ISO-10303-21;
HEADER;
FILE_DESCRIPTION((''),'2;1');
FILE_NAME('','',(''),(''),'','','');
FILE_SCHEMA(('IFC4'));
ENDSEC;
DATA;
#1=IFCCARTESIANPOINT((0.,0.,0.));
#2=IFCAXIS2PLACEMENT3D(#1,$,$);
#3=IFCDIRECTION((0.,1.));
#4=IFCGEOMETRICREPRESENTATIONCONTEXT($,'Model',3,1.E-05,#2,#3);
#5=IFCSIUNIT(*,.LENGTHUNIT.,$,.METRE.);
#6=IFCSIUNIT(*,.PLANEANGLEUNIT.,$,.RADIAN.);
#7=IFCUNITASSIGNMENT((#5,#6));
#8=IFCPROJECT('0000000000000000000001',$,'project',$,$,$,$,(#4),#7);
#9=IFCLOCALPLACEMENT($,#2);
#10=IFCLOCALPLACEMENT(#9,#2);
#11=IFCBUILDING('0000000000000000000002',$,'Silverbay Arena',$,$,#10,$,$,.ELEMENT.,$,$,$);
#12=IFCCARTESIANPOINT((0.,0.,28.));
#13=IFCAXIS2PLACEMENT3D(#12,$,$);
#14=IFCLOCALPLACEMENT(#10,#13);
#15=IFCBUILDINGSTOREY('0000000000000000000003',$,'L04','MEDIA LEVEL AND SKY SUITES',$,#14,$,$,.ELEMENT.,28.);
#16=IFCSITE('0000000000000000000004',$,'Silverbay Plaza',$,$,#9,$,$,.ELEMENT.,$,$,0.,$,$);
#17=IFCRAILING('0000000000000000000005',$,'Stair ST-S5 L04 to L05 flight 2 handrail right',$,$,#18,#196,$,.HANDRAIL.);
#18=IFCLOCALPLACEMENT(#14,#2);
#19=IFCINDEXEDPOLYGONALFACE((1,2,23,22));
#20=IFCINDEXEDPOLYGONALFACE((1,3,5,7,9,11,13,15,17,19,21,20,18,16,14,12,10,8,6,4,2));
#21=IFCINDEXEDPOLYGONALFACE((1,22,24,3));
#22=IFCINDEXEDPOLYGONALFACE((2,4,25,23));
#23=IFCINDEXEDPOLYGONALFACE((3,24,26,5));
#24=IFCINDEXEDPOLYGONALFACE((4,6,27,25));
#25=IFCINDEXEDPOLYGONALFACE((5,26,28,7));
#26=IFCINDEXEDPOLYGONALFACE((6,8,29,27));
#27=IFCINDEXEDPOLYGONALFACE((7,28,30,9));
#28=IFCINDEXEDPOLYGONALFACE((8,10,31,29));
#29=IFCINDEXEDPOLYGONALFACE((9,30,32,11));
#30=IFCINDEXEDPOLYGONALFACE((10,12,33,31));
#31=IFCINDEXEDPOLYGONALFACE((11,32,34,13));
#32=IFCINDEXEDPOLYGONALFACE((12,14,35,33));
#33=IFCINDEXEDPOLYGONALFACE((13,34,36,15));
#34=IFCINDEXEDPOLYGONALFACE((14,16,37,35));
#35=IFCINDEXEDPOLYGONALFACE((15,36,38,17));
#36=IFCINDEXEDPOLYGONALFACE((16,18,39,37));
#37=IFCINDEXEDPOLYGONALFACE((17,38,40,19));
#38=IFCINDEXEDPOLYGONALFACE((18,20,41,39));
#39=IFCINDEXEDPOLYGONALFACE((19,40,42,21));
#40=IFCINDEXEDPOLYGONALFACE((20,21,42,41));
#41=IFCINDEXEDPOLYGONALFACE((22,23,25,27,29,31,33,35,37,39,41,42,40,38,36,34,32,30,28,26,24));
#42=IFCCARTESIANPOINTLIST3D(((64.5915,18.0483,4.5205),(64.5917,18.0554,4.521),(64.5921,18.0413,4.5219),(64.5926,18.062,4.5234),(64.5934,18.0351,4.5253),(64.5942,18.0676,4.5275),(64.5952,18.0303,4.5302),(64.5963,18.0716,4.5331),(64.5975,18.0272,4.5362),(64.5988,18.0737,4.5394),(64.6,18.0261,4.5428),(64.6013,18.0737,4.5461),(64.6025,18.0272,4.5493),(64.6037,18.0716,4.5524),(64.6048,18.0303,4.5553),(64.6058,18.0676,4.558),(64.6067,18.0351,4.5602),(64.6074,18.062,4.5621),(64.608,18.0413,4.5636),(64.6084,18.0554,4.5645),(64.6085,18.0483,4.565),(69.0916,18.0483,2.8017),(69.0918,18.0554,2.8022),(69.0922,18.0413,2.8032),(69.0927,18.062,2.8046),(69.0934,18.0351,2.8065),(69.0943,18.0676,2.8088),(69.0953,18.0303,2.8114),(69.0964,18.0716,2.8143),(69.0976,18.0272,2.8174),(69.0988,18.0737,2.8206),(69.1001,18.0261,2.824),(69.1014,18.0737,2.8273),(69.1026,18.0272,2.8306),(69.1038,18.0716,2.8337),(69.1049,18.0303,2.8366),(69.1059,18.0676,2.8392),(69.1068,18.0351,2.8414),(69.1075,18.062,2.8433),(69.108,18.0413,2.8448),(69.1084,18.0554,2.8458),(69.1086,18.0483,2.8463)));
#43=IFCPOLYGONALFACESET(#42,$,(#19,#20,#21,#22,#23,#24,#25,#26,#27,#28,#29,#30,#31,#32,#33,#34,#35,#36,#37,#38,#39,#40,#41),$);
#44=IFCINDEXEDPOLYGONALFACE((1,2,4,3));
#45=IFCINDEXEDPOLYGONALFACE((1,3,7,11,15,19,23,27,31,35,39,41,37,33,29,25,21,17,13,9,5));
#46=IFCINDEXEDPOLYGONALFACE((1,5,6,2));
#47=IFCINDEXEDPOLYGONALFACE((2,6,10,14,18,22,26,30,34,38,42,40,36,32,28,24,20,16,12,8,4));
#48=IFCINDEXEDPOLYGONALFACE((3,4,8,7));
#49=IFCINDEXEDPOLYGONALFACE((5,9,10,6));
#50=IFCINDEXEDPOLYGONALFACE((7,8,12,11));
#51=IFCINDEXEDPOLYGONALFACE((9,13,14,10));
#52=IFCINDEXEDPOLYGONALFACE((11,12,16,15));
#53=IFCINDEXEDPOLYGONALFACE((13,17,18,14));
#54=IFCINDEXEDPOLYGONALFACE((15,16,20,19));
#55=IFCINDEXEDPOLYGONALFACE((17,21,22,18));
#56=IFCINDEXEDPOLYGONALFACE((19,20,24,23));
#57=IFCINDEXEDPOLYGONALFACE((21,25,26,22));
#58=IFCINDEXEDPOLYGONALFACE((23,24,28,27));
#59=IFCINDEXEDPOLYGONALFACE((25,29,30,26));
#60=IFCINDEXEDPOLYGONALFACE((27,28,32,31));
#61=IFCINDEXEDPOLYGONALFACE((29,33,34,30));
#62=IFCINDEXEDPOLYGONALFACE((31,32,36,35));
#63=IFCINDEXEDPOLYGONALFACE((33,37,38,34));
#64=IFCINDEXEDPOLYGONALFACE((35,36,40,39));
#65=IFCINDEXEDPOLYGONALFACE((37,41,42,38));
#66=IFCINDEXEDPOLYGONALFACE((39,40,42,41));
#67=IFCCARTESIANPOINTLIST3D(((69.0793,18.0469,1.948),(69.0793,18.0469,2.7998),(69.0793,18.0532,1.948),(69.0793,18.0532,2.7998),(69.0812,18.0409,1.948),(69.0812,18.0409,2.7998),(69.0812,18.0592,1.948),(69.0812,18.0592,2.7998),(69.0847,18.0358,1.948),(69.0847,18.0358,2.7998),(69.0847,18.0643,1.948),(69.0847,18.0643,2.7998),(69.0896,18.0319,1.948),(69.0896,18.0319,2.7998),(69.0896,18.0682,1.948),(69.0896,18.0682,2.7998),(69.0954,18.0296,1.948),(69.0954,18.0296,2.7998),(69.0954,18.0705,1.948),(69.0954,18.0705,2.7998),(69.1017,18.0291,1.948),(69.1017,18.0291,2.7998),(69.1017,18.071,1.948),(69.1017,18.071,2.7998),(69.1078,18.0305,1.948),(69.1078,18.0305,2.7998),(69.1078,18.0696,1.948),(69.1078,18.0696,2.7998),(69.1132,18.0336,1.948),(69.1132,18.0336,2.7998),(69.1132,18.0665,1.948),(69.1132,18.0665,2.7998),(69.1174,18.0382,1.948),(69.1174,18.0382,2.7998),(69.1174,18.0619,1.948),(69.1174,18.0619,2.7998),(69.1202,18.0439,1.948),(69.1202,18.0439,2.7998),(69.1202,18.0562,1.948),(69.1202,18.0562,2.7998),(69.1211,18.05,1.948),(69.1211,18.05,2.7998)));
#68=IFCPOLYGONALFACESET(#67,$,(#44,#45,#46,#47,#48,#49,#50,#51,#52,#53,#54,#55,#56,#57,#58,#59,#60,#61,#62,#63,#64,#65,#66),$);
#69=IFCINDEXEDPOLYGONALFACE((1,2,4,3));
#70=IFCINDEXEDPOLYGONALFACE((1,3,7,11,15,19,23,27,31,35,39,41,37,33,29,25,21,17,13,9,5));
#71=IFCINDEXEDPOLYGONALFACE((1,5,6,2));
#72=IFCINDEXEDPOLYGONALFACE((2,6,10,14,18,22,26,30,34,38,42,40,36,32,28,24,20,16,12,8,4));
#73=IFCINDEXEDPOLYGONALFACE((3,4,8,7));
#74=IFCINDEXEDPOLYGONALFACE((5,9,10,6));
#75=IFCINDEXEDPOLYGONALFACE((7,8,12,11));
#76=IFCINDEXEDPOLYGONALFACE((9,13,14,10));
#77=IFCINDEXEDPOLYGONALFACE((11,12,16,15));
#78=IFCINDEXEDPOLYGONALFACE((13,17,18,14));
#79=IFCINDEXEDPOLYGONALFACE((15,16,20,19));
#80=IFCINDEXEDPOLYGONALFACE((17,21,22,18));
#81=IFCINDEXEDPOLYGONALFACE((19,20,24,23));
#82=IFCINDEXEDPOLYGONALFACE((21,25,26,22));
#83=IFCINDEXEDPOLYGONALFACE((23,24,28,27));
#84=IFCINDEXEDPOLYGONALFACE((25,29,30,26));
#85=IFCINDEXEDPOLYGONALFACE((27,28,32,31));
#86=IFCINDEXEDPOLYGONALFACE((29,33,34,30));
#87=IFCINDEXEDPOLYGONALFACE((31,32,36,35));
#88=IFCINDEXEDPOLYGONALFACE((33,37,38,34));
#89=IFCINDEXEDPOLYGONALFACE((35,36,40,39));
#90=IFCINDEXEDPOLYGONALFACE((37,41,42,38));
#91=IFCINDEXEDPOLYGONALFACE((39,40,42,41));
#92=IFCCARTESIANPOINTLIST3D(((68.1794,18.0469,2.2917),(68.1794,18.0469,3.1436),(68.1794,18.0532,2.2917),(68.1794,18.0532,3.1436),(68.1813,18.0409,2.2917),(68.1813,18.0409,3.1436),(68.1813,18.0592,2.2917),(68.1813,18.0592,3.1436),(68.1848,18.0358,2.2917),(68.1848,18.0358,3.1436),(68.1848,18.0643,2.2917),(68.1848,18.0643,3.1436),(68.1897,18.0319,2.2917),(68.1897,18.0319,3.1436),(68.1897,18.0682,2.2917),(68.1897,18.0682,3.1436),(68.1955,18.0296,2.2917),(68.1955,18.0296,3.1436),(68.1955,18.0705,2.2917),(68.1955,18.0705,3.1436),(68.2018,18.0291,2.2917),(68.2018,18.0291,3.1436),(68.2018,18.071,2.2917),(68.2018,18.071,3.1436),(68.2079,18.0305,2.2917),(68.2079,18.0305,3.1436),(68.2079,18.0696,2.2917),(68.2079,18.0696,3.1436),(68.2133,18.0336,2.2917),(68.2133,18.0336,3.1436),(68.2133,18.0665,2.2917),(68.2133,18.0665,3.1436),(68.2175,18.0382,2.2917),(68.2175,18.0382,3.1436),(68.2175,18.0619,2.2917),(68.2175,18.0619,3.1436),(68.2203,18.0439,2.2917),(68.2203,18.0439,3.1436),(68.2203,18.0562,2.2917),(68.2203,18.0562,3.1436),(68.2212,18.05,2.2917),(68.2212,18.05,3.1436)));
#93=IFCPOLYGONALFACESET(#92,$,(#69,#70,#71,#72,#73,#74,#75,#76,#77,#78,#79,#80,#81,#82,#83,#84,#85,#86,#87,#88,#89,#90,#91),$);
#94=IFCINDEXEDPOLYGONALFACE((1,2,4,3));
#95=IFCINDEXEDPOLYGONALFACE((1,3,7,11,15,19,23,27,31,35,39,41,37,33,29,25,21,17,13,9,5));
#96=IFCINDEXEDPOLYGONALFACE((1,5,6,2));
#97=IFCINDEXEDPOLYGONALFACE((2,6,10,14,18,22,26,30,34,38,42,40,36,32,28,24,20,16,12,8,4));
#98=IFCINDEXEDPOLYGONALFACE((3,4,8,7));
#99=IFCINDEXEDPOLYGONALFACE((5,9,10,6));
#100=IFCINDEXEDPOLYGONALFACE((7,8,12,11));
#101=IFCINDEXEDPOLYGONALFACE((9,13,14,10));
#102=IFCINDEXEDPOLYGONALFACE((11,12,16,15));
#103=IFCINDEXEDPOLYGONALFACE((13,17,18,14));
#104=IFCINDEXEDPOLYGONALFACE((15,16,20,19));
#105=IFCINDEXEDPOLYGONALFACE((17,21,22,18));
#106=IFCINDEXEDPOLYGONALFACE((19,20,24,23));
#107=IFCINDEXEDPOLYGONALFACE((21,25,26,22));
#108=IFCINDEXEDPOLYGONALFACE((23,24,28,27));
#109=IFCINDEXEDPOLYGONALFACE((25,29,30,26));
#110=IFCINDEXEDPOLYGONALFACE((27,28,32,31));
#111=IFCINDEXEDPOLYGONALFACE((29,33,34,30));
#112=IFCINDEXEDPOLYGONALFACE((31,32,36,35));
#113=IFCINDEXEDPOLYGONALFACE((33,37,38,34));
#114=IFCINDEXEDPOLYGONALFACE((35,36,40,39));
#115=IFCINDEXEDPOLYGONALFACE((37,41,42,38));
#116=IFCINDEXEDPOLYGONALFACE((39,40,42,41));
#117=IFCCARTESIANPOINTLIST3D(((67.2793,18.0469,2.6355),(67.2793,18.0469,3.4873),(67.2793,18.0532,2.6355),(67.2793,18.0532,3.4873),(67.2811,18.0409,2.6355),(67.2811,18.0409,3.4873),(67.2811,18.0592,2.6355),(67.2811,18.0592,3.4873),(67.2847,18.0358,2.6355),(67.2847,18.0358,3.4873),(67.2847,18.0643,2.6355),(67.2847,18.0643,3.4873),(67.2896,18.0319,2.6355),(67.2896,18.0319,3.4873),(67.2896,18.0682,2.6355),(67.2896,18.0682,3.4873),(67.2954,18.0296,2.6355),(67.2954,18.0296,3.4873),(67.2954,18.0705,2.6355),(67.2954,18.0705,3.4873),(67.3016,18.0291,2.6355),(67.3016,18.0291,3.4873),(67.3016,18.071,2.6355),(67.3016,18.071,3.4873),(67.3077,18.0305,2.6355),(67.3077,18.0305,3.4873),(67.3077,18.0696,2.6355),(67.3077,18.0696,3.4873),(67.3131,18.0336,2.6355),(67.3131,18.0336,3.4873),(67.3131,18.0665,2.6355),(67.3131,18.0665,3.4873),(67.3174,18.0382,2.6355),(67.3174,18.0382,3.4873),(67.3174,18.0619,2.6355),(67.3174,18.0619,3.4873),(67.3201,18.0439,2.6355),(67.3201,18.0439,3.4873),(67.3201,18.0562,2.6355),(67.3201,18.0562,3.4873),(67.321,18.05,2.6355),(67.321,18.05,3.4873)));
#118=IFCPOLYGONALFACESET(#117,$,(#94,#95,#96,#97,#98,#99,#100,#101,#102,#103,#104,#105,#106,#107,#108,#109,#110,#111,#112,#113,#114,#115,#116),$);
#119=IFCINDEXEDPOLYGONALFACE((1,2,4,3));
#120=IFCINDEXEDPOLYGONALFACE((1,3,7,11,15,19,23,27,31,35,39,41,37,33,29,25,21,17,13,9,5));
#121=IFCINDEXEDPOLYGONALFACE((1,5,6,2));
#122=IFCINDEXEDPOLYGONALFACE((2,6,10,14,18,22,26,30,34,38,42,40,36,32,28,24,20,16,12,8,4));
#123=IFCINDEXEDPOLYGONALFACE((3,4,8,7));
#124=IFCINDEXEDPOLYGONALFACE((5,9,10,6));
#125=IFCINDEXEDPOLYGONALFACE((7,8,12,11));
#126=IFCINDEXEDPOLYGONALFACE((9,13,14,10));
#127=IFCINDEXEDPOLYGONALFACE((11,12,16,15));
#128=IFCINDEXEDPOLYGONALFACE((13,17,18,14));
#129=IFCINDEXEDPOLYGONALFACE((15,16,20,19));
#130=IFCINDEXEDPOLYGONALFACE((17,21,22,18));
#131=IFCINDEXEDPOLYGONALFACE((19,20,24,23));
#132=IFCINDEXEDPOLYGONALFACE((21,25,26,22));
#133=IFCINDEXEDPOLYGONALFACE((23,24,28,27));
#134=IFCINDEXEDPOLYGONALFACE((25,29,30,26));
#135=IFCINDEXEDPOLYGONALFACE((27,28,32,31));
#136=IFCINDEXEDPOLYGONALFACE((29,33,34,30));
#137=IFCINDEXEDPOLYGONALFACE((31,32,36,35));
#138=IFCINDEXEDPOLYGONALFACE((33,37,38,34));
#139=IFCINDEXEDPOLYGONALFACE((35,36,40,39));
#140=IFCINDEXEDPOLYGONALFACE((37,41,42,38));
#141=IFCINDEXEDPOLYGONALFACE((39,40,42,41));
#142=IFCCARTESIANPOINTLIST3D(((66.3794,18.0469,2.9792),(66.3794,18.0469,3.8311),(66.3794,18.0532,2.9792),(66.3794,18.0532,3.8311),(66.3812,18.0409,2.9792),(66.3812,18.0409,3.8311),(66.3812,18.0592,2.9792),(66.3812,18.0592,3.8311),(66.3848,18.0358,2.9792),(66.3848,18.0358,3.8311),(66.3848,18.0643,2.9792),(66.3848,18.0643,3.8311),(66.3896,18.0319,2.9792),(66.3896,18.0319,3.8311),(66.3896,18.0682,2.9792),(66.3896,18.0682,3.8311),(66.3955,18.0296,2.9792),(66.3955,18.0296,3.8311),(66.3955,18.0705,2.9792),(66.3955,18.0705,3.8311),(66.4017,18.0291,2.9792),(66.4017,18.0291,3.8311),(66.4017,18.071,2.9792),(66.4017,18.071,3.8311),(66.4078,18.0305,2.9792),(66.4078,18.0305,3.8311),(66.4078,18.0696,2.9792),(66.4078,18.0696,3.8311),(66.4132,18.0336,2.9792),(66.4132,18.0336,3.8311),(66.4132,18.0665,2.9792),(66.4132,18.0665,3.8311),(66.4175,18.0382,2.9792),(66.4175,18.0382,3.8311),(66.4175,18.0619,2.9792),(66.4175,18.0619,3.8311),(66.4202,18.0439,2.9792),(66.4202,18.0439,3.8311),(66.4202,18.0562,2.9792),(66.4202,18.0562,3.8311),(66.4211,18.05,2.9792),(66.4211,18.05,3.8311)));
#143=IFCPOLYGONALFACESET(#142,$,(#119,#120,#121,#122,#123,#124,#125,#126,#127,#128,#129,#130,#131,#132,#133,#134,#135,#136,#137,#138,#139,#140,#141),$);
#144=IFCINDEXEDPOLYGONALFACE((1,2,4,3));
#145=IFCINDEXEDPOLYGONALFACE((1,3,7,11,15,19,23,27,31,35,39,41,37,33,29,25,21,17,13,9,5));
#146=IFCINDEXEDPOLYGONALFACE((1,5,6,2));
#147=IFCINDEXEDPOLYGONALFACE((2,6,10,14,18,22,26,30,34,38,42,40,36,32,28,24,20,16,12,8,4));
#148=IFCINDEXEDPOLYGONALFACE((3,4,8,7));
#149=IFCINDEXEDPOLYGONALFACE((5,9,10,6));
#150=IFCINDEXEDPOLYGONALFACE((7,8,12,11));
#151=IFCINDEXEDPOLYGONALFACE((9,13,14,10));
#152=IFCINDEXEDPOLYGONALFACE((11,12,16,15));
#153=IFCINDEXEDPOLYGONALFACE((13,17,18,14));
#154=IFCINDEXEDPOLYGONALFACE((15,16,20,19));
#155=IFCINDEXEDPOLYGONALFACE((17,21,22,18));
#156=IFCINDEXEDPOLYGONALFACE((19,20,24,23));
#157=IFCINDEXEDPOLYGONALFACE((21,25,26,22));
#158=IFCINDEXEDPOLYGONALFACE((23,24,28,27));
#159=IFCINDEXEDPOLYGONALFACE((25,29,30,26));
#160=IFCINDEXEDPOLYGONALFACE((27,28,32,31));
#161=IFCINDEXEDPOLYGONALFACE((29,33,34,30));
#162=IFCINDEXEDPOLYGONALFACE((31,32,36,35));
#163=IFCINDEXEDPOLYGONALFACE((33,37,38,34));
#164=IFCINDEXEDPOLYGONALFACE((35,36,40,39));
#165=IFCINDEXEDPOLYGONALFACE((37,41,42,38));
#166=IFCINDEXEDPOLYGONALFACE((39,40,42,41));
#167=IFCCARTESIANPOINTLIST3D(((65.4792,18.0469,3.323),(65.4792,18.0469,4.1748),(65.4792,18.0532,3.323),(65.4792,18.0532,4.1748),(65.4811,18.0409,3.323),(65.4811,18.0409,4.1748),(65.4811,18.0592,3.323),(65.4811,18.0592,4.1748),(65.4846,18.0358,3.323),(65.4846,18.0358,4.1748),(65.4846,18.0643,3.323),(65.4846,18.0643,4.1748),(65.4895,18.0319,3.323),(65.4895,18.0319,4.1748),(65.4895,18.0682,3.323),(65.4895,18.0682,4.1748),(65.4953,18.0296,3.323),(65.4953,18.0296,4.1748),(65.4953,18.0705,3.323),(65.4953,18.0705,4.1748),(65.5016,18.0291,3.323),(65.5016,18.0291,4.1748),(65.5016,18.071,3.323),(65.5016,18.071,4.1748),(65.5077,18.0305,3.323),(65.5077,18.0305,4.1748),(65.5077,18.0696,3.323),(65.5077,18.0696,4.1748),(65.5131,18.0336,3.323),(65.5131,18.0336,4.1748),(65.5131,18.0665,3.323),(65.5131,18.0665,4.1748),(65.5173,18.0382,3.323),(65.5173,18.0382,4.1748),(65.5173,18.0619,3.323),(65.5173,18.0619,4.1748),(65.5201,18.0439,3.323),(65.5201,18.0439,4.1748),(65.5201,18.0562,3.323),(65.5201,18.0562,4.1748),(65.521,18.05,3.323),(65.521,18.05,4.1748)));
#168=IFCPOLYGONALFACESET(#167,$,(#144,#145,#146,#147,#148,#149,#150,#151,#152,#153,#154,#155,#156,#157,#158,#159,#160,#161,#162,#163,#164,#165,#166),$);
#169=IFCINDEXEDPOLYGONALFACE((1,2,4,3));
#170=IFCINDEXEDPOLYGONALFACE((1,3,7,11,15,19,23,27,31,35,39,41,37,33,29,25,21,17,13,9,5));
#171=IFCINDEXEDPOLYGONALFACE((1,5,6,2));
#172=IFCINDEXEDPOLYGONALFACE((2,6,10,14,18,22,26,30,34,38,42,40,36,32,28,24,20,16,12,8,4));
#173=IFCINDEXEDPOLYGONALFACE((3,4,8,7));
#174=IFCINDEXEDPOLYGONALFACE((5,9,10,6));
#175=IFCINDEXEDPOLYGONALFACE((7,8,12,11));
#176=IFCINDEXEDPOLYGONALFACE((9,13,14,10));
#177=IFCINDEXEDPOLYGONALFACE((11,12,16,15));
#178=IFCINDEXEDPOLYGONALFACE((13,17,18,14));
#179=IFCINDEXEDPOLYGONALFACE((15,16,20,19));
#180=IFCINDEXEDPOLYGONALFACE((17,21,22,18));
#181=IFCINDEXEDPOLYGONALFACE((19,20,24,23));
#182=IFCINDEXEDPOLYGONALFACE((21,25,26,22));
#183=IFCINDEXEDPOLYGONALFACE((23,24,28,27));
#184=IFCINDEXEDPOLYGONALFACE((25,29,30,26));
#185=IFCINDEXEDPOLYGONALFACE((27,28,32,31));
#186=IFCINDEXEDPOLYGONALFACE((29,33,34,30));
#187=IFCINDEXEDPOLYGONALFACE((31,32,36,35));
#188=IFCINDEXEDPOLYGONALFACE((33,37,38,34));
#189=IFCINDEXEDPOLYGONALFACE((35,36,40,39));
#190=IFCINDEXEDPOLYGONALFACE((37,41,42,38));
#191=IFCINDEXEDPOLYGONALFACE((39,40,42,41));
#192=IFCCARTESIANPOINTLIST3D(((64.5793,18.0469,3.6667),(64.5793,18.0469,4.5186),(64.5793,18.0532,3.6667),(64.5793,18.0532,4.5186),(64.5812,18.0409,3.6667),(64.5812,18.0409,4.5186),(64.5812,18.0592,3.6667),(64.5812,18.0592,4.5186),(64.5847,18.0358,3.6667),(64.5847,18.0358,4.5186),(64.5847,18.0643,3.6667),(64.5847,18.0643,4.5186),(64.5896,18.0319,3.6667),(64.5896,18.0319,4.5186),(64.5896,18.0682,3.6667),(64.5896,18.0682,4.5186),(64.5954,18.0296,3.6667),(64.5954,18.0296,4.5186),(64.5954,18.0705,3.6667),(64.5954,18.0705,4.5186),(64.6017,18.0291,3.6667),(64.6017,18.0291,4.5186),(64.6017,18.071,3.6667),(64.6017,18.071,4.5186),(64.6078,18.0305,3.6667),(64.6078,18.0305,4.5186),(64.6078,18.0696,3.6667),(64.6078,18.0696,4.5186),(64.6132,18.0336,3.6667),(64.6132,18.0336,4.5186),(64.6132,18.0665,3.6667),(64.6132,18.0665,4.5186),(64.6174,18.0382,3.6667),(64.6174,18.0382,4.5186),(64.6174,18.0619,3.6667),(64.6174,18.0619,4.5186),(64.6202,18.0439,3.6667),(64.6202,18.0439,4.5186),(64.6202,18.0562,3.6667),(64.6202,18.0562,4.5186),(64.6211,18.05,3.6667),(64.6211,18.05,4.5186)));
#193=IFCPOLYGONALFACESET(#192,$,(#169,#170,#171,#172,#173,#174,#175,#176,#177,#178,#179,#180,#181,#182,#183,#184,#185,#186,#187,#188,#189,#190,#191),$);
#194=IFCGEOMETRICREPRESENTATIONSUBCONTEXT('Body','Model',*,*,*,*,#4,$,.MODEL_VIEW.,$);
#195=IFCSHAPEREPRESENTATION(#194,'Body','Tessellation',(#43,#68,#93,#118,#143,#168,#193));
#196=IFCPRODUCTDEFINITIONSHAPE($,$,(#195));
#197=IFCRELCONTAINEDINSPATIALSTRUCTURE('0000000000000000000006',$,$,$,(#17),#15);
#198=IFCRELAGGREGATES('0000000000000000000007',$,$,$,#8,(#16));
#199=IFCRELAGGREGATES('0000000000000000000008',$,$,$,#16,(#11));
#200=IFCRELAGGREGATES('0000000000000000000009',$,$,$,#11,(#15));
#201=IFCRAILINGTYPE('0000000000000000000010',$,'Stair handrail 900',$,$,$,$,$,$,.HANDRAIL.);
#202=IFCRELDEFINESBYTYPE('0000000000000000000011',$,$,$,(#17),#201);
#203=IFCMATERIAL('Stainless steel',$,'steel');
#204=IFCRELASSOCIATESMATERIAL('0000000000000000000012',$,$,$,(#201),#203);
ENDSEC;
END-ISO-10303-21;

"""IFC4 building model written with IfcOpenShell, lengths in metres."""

from ifc_helpers import new_model, si_unit, direction, frame, origin, origin_2d, place, context, subcontext, project, spatial, circle, extrude, material, type_object, element, save


model = new_model("IFC4")

# Units and contexts
model_context = context("Model", 3, precision=1e-05, world=origin(), true_north=direction((0.0, 1.0)))
body_context = subcontext(model_context, "Body", "Model", "MODEL_VIEW")
ifc_project = project(units=[si_unit("LENGTHUNIT", "METRE"), si_unit("PLANEANGLEUNIT", "RADIAN")], contexts=[model_context])

# Site, building, storey
site_placement = place(None, origin())
site = spatial("IfcSite", under=ifc_project, at=site_placement, Name="Silverbay Plaza", CompositionType="ELEMENT", RefElevation=0.0)
building_placement = place(site_placement, origin())
building = spatial("IfcBuilding", under=site, at=building_placement, Name="Silverbay Arena", CompositionType="ELEMENT")
storey_placement = place(building_placement, frame((0.0, 0.0, 28.0)))
storey = spatial("IfcBuildingStorey", under=building, at=storey_placement, Name="L04", Description="MEDIA LEVEL AND SKY SUITES", CompositionType="ELEMENT", Elevation=28.0)

# Railing
ifc_material_1 = material(Name="Stainless steel", Category="steel")
railing_type_1 = type_object("IfcRailingType", Name="Stair handrail 900", PredefinedType="HANDRAIL", material=ifc_material_1)
for number, where, name in (
    (1, (69.1001, 18.05, 1.948), "Stair ST-S5 L04 to L05 flight 2 handrail right"),
):
    element("IfcRailing", number, at=place(storey_placement, frame(where)), inside=storey, type_object=railing_type_1, Name=name, PredefinedType="HANDRAIL", context=body_context, shape_type="SweptSolid", body=[
        extrude(circle(Radius=0.0239, at=origin_2d()), frame((0.0, 0.0, 0.876), z_axis=(-0.934179, 0.0, 0.356805), x_axis=(0.0, -1.0, 0.0)), (0.0, 0.0, 1.0), 4.8171),
        extrude(circle(Radius=0.021, at=origin_2d()), origin(), (0.0, 0.0, 1.0), 0.8518),
        extrude(circle(Radius=0.021, at=origin_2d()), frame((-0.8999, 0.0, 0.3438)), (0.0, 0.0, 1.0), 0.8518),
        extrude(circle(Radius=0.021, at=origin_2d()), frame((-1.8, 0.0, 0.6875)), (0.0, 0.0, 1.0), 0.8518),
        extrude(circle(Radius=0.021, at=origin_2d()), frame((-2.7, 0.0, 1.0312)), (0.0, 0.0, 1.0), 0.8518),
        extrude(circle(Radius=0.021, at=origin_2d()), frame((-3.6001, 0.0, 1.375)), (0.0, 0.0, 1.0), 0.8518),
        extrude(circle(Radius=0.021, at=origin_2d()), frame((-4.5, 0.0, 1.7188)), (0.0, 0.0, 1.0), 0.8518),
    ])

save(model, "model.ifc")
